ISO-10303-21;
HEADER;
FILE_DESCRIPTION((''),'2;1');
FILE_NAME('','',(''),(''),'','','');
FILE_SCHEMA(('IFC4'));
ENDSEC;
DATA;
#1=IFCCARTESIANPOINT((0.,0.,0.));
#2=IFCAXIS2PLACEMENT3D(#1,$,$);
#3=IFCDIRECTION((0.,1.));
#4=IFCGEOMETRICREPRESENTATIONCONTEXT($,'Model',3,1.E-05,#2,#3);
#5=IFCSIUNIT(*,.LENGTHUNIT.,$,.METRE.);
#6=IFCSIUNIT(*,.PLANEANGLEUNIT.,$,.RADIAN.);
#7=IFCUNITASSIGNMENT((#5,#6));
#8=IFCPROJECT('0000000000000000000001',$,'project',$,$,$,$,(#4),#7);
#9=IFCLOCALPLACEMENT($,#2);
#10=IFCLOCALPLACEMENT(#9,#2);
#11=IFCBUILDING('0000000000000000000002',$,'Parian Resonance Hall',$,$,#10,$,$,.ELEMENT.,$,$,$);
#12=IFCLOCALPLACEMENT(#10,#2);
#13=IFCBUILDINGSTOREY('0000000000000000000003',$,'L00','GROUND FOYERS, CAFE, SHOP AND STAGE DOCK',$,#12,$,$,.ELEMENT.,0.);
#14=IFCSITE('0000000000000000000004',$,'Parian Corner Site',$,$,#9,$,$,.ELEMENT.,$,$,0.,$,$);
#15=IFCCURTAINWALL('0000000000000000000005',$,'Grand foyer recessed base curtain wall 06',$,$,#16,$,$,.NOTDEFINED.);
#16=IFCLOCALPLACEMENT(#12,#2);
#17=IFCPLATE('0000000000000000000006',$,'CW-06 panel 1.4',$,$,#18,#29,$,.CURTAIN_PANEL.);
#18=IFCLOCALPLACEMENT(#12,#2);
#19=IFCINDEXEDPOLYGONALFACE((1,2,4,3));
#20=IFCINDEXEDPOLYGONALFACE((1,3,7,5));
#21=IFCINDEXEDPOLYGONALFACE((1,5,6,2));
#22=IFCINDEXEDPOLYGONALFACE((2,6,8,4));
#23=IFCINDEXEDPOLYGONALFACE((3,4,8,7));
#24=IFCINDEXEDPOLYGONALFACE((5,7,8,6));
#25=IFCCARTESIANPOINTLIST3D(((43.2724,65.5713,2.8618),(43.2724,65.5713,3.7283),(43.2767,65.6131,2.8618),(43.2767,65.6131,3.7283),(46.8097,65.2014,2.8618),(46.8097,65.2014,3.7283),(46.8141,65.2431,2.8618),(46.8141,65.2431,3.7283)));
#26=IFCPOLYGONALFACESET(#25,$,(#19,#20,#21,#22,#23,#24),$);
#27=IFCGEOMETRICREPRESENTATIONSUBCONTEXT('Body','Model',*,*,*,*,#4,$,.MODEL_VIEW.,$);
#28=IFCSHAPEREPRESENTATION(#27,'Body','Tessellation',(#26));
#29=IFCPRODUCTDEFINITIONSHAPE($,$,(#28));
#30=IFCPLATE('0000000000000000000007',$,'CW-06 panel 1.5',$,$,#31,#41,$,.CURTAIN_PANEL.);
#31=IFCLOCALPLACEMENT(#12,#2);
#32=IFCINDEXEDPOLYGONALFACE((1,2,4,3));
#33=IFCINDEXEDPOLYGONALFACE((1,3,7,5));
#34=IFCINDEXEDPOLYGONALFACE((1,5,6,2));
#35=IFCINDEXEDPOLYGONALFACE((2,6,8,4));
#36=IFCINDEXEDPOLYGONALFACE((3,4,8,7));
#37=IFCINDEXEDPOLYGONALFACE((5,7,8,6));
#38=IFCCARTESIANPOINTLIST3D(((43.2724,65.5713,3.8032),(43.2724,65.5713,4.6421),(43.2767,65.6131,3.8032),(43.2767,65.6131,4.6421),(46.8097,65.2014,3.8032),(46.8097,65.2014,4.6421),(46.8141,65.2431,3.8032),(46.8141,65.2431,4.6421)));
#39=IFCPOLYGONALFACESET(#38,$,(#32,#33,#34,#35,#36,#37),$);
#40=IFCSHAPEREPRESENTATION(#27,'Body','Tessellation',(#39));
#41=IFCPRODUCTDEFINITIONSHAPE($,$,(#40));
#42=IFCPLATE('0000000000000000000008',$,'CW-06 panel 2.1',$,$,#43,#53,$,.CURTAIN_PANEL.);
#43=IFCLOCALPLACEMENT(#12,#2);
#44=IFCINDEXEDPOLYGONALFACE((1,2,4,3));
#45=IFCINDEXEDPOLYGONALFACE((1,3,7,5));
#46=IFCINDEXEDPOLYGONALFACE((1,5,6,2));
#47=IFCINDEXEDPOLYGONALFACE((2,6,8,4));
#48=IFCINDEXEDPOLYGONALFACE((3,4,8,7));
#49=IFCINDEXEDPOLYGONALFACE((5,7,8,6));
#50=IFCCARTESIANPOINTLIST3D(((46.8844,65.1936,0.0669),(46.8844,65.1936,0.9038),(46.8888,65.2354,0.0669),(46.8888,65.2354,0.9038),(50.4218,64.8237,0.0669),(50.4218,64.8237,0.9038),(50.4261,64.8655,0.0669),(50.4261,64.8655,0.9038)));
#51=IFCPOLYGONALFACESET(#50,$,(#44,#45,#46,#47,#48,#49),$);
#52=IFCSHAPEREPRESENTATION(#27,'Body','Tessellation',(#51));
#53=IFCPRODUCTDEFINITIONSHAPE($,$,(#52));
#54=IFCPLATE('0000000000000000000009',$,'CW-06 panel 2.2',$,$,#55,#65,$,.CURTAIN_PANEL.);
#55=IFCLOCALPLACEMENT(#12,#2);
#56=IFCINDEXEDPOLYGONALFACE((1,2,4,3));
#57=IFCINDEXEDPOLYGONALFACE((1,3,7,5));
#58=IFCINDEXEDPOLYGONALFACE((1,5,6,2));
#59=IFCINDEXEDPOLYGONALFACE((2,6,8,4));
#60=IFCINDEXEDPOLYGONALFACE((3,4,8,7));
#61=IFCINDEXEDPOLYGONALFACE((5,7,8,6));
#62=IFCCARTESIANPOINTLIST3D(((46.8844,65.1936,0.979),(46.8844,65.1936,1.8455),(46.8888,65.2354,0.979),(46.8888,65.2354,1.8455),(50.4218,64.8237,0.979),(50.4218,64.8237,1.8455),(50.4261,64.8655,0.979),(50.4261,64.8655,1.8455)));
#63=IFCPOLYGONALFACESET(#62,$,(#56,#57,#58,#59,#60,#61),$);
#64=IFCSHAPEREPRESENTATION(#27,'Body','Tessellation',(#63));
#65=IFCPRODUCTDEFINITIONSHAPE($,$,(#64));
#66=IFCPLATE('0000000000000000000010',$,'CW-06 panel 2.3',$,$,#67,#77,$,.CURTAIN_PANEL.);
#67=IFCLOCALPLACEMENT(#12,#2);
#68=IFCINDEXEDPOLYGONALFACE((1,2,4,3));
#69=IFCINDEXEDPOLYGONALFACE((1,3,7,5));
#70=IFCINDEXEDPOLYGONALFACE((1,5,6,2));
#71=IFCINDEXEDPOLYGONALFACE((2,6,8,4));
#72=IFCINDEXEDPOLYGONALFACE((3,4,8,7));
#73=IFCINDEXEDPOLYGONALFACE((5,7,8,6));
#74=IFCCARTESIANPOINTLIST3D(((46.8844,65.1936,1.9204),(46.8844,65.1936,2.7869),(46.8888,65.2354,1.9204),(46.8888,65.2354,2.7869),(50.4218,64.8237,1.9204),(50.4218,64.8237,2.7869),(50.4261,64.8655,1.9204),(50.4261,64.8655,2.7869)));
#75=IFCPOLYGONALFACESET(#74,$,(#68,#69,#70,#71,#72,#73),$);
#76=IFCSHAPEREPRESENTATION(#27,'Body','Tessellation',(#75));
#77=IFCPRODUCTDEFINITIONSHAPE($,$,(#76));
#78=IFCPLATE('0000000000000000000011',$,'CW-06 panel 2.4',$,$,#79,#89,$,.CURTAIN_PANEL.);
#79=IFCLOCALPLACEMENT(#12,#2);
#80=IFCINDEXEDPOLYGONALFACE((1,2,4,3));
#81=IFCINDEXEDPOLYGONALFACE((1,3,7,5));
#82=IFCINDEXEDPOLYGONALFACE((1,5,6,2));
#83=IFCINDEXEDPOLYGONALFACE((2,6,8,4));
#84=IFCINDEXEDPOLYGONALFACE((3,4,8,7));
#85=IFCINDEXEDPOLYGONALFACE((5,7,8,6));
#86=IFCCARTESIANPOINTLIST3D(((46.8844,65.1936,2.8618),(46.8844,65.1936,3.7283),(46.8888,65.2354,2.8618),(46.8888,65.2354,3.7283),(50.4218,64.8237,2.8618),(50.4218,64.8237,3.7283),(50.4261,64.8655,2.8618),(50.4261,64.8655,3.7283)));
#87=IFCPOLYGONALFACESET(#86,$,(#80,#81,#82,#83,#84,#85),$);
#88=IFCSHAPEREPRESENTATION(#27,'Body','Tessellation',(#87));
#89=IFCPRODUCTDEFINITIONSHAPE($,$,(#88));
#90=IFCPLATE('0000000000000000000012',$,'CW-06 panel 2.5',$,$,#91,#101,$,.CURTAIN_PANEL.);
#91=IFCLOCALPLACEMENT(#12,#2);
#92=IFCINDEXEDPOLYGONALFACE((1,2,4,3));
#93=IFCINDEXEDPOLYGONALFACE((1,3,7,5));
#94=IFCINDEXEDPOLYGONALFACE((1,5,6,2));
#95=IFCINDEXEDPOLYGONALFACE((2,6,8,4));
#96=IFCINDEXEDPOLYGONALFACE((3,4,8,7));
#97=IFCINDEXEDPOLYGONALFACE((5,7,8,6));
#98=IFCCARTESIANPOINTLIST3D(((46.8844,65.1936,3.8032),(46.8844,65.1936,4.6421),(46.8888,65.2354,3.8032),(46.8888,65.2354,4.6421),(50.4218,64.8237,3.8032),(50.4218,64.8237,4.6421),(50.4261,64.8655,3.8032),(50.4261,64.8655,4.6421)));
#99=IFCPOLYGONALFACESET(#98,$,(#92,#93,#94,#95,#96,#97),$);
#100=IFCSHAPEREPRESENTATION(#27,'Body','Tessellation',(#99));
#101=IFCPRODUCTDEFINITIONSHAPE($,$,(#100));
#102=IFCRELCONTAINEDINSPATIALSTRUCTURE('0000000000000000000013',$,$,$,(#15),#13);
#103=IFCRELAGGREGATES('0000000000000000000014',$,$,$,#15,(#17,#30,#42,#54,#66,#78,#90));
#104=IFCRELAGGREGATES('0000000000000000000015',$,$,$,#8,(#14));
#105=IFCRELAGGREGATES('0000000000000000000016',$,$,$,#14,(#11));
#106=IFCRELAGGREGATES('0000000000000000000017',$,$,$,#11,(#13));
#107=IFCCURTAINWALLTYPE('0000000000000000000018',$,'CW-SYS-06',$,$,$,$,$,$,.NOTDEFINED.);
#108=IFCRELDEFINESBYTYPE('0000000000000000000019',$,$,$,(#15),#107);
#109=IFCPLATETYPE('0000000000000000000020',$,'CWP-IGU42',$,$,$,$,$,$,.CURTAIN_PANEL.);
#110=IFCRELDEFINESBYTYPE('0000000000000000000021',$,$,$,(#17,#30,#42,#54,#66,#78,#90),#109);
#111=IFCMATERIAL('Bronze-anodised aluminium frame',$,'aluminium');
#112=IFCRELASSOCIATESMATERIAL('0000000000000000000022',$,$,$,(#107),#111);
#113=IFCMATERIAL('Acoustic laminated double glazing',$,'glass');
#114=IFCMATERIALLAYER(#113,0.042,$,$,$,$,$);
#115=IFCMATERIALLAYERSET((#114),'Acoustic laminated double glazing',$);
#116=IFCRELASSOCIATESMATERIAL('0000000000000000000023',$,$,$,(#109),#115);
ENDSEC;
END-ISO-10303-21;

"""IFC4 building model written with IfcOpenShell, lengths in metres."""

from ifc_helpers import new_model, si_unit, direction, frame, origin, origin_2d, place, context, subcontext, project, spatial, rectangle, extrude, material, layer, layer_set, type_object, element, aggregate, save


model = new_model("IFC4")

# Units and contexts
model_context = context("Model", 3, precision=1e-05, world=origin(), true_north=direction((0.0, 1.0)))
body_context = subcontext(model_context, "Body", "Model", "MODEL_VIEW")
ifc_project = project(units=[si_unit("LENGTHUNIT", "METRE"), si_unit("PLANEANGLEUNIT", "RADIAN")], contexts=[model_context])

# Site, building, storey
site_placement = place(None, origin())
site = spatial("IfcSite", under=ifc_project, at=site_placement, Name="Parian Corner Site", CompositionType="ELEMENT", RefElevation=0.0)
building_placement = place(site_placement, origin())
building = spatial("IfcBuilding", under=site, at=building_placement, Name="Parian Resonance Hall", CompositionType="ELEMENT")
storey_placement = place(building_placement, origin())
storey = spatial("IfcBuildingStorey", under=building, at=storey_placement, Name="L00", Description="GROUND FOYERS, CAFE, SHOP AND STAGE DOCK", CompositionType="ELEMENT", Elevation=0.0)

# Curtain wall
ifc_material_1 = material(Name="Bronze-anodised aluminium frame", Category="aluminium")
curtain_wall_type_1 = type_object("IfcCurtainWallType", Name="CW-SYS-06", PredefinedType="NOTDEFINED", material=ifc_material_1)
curtain_wall_1_placement = place(storey_placement, origin())
curtain_wall_1 = element("IfcCurtainWall", 1, at=curtain_wall_1_placement, inside=storey, type_object=curtain_wall_type_1, Name="Grand foyer recessed base curtain wall 06", PredefinedType="NOTDEFINED")

# Plates
ifc_material_2 = material(Name="Acoustic laminated double glazing", Category="glass")
ifc_layer = layer(ifc_material_2, 0.042)
ifc_layer_set = layer_set([ifc_layer], Name="Acoustic laminated double glazing")
plate_type = type_object("IfcPlateType", Name="CWP-IGU42", PredefinedType="CURTAIN_PANEL", material=ifc_layer_set)
plate_1_placement = place(storey_placement, frame((45.0432, 65.4072, 2.8618), z_axis=(0.0, 0.0, 1.0), x_axis=(0.994576, -0.104013, 0.0)))
plate_1 = element("IfcPlate", 2, at=plate_1_placement, type_object=plate_type, Name="CW-06 panel 1.4", PredefinedType="CURTAIN_PANEL", context=body_context, shape_type="SweptSolid", body=[
    extrude(rectangle(XDim=3.5566, YDim=0.042, at=origin_2d()), origin(), (0.0, 0.0, 1.0), 0.8665),
])
plate_2_placement = place(storey_placement, frame((45.0432, 65.4072, 3.8032), z_axis=(0.0, 0.0, 1.0), x_axis=(0.994576, -0.104013, 0.0)))
plate_2 = element("IfcPlate", 3, at=plate_2_placement, type_object=plate_type, Name="CW-06 panel 1.5", PredefinedType="CURTAIN_PANEL", context=body_context, shape_type="SweptSolid", body=[
    extrude(rectangle(XDim=3.5566, YDim=0.042, at=origin_2d()), origin(), (0.0, 0.0, 1.0), 0.8389),
])
plate_3_placement = place(storey_placement, frame((48.6553, 65.0295, 0.0669), z_axis=(0.0, 0.0, 1.0), x_axis=(0.994576, -0.104013, 0.0)))
plate_3 = element("IfcPlate", 4, at=plate_3_placement, type_object=plate_type, Name="CW-06 panel 2.1", PredefinedType="CURTAIN_PANEL", context=body_context, shape_type="SweptSolid", body=[
    extrude(rectangle(XDim=3.5566, YDim=0.042, at=origin_2d()), origin(), (0.0, 0.0, 1.0), 0.8369),
])
plate_4_placement = place(storey_placement, frame((48.6553, 65.0295, 0.979), z_axis=(0.0, 0.0, 1.0), x_axis=(0.994576, -0.104013, 0.0)))
plate_4 = element("IfcPlate", 5, at=plate_4_placement, type_object=plate_type, Name="CW-06 panel 2.2", PredefinedType="CURTAIN_PANEL", context=body_context, shape_type="SweptSolid", body=[
    extrude(rectangle(XDim=3.5566, YDim=0.042, at=origin_2d()), origin(), (0.0, 0.0, 1.0), 0.8665),
])
plate_5_placement = place(storey_placement, frame((48.6553, 65.0295, 1.9204), z_axis=(0.0, 0.0, 1.0), x_axis=(0.994576, -0.104013, 0.0)))
plate_5 = element("IfcPlate", 6, at=plate_5_placement, type_object=plate_type, Name="CW-06 panel 2.3", PredefinedType="CURTAIN_PANEL", context=body_context, shape_type="SweptSolid", body=[
    extrude(rectangle(XDim=3.5566, YDim=0.042, at=origin_2d()), origin(), (0.0, 0.0, 1.0), 0.8665),
])
plate_6_placement = place(storey_placement, frame((48.6553, 65.0295, 2.8618), z_axis=(0.0, 0.0, 1.0), x_axis=(0.994576, -0.104013, 0.0)))
plate_6 = element("IfcPlate", 7, at=plate_6_placement, type_object=plate_type, Name="CW-06 panel 2.4", PredefinedType="CURTAIN_PANEL", context=body_context, shape_type="SweptSolid", body=[
    extrude(rectangle(XDim=3.5566, YDim=0.042, at=origin_2d()), origin(), (0.0, 0.0, 1.0), 0.8665),
])
plate_7_placement = place(storey_placement, frame((48.6553, 65.0295, 3.8032), z_axis=(0.0, 0.0, 1.0), x_axis=(0.994576, -0.104013, 0.0)))
plate_7 = element("IfcPlate", 8, at=plate_7_placement, type_object=plate_type, Name="CW-06 panel 2.5", PredefinedType="CURTAIN_PANEL", context=body_context, shape_type="SweptSolid", body=[
    extrude(rectangle(XDim=3.5566, YDim=0.042, at=origin_2d()), origin(), (0.0, 0.0, 1.0), 0.8389),
])
aggregate(curtain_wall_1, [plate_1, plate_2, plate_3, plate_4, plate_5, plate_6, plate_7])

save(model, "model.ifc")
